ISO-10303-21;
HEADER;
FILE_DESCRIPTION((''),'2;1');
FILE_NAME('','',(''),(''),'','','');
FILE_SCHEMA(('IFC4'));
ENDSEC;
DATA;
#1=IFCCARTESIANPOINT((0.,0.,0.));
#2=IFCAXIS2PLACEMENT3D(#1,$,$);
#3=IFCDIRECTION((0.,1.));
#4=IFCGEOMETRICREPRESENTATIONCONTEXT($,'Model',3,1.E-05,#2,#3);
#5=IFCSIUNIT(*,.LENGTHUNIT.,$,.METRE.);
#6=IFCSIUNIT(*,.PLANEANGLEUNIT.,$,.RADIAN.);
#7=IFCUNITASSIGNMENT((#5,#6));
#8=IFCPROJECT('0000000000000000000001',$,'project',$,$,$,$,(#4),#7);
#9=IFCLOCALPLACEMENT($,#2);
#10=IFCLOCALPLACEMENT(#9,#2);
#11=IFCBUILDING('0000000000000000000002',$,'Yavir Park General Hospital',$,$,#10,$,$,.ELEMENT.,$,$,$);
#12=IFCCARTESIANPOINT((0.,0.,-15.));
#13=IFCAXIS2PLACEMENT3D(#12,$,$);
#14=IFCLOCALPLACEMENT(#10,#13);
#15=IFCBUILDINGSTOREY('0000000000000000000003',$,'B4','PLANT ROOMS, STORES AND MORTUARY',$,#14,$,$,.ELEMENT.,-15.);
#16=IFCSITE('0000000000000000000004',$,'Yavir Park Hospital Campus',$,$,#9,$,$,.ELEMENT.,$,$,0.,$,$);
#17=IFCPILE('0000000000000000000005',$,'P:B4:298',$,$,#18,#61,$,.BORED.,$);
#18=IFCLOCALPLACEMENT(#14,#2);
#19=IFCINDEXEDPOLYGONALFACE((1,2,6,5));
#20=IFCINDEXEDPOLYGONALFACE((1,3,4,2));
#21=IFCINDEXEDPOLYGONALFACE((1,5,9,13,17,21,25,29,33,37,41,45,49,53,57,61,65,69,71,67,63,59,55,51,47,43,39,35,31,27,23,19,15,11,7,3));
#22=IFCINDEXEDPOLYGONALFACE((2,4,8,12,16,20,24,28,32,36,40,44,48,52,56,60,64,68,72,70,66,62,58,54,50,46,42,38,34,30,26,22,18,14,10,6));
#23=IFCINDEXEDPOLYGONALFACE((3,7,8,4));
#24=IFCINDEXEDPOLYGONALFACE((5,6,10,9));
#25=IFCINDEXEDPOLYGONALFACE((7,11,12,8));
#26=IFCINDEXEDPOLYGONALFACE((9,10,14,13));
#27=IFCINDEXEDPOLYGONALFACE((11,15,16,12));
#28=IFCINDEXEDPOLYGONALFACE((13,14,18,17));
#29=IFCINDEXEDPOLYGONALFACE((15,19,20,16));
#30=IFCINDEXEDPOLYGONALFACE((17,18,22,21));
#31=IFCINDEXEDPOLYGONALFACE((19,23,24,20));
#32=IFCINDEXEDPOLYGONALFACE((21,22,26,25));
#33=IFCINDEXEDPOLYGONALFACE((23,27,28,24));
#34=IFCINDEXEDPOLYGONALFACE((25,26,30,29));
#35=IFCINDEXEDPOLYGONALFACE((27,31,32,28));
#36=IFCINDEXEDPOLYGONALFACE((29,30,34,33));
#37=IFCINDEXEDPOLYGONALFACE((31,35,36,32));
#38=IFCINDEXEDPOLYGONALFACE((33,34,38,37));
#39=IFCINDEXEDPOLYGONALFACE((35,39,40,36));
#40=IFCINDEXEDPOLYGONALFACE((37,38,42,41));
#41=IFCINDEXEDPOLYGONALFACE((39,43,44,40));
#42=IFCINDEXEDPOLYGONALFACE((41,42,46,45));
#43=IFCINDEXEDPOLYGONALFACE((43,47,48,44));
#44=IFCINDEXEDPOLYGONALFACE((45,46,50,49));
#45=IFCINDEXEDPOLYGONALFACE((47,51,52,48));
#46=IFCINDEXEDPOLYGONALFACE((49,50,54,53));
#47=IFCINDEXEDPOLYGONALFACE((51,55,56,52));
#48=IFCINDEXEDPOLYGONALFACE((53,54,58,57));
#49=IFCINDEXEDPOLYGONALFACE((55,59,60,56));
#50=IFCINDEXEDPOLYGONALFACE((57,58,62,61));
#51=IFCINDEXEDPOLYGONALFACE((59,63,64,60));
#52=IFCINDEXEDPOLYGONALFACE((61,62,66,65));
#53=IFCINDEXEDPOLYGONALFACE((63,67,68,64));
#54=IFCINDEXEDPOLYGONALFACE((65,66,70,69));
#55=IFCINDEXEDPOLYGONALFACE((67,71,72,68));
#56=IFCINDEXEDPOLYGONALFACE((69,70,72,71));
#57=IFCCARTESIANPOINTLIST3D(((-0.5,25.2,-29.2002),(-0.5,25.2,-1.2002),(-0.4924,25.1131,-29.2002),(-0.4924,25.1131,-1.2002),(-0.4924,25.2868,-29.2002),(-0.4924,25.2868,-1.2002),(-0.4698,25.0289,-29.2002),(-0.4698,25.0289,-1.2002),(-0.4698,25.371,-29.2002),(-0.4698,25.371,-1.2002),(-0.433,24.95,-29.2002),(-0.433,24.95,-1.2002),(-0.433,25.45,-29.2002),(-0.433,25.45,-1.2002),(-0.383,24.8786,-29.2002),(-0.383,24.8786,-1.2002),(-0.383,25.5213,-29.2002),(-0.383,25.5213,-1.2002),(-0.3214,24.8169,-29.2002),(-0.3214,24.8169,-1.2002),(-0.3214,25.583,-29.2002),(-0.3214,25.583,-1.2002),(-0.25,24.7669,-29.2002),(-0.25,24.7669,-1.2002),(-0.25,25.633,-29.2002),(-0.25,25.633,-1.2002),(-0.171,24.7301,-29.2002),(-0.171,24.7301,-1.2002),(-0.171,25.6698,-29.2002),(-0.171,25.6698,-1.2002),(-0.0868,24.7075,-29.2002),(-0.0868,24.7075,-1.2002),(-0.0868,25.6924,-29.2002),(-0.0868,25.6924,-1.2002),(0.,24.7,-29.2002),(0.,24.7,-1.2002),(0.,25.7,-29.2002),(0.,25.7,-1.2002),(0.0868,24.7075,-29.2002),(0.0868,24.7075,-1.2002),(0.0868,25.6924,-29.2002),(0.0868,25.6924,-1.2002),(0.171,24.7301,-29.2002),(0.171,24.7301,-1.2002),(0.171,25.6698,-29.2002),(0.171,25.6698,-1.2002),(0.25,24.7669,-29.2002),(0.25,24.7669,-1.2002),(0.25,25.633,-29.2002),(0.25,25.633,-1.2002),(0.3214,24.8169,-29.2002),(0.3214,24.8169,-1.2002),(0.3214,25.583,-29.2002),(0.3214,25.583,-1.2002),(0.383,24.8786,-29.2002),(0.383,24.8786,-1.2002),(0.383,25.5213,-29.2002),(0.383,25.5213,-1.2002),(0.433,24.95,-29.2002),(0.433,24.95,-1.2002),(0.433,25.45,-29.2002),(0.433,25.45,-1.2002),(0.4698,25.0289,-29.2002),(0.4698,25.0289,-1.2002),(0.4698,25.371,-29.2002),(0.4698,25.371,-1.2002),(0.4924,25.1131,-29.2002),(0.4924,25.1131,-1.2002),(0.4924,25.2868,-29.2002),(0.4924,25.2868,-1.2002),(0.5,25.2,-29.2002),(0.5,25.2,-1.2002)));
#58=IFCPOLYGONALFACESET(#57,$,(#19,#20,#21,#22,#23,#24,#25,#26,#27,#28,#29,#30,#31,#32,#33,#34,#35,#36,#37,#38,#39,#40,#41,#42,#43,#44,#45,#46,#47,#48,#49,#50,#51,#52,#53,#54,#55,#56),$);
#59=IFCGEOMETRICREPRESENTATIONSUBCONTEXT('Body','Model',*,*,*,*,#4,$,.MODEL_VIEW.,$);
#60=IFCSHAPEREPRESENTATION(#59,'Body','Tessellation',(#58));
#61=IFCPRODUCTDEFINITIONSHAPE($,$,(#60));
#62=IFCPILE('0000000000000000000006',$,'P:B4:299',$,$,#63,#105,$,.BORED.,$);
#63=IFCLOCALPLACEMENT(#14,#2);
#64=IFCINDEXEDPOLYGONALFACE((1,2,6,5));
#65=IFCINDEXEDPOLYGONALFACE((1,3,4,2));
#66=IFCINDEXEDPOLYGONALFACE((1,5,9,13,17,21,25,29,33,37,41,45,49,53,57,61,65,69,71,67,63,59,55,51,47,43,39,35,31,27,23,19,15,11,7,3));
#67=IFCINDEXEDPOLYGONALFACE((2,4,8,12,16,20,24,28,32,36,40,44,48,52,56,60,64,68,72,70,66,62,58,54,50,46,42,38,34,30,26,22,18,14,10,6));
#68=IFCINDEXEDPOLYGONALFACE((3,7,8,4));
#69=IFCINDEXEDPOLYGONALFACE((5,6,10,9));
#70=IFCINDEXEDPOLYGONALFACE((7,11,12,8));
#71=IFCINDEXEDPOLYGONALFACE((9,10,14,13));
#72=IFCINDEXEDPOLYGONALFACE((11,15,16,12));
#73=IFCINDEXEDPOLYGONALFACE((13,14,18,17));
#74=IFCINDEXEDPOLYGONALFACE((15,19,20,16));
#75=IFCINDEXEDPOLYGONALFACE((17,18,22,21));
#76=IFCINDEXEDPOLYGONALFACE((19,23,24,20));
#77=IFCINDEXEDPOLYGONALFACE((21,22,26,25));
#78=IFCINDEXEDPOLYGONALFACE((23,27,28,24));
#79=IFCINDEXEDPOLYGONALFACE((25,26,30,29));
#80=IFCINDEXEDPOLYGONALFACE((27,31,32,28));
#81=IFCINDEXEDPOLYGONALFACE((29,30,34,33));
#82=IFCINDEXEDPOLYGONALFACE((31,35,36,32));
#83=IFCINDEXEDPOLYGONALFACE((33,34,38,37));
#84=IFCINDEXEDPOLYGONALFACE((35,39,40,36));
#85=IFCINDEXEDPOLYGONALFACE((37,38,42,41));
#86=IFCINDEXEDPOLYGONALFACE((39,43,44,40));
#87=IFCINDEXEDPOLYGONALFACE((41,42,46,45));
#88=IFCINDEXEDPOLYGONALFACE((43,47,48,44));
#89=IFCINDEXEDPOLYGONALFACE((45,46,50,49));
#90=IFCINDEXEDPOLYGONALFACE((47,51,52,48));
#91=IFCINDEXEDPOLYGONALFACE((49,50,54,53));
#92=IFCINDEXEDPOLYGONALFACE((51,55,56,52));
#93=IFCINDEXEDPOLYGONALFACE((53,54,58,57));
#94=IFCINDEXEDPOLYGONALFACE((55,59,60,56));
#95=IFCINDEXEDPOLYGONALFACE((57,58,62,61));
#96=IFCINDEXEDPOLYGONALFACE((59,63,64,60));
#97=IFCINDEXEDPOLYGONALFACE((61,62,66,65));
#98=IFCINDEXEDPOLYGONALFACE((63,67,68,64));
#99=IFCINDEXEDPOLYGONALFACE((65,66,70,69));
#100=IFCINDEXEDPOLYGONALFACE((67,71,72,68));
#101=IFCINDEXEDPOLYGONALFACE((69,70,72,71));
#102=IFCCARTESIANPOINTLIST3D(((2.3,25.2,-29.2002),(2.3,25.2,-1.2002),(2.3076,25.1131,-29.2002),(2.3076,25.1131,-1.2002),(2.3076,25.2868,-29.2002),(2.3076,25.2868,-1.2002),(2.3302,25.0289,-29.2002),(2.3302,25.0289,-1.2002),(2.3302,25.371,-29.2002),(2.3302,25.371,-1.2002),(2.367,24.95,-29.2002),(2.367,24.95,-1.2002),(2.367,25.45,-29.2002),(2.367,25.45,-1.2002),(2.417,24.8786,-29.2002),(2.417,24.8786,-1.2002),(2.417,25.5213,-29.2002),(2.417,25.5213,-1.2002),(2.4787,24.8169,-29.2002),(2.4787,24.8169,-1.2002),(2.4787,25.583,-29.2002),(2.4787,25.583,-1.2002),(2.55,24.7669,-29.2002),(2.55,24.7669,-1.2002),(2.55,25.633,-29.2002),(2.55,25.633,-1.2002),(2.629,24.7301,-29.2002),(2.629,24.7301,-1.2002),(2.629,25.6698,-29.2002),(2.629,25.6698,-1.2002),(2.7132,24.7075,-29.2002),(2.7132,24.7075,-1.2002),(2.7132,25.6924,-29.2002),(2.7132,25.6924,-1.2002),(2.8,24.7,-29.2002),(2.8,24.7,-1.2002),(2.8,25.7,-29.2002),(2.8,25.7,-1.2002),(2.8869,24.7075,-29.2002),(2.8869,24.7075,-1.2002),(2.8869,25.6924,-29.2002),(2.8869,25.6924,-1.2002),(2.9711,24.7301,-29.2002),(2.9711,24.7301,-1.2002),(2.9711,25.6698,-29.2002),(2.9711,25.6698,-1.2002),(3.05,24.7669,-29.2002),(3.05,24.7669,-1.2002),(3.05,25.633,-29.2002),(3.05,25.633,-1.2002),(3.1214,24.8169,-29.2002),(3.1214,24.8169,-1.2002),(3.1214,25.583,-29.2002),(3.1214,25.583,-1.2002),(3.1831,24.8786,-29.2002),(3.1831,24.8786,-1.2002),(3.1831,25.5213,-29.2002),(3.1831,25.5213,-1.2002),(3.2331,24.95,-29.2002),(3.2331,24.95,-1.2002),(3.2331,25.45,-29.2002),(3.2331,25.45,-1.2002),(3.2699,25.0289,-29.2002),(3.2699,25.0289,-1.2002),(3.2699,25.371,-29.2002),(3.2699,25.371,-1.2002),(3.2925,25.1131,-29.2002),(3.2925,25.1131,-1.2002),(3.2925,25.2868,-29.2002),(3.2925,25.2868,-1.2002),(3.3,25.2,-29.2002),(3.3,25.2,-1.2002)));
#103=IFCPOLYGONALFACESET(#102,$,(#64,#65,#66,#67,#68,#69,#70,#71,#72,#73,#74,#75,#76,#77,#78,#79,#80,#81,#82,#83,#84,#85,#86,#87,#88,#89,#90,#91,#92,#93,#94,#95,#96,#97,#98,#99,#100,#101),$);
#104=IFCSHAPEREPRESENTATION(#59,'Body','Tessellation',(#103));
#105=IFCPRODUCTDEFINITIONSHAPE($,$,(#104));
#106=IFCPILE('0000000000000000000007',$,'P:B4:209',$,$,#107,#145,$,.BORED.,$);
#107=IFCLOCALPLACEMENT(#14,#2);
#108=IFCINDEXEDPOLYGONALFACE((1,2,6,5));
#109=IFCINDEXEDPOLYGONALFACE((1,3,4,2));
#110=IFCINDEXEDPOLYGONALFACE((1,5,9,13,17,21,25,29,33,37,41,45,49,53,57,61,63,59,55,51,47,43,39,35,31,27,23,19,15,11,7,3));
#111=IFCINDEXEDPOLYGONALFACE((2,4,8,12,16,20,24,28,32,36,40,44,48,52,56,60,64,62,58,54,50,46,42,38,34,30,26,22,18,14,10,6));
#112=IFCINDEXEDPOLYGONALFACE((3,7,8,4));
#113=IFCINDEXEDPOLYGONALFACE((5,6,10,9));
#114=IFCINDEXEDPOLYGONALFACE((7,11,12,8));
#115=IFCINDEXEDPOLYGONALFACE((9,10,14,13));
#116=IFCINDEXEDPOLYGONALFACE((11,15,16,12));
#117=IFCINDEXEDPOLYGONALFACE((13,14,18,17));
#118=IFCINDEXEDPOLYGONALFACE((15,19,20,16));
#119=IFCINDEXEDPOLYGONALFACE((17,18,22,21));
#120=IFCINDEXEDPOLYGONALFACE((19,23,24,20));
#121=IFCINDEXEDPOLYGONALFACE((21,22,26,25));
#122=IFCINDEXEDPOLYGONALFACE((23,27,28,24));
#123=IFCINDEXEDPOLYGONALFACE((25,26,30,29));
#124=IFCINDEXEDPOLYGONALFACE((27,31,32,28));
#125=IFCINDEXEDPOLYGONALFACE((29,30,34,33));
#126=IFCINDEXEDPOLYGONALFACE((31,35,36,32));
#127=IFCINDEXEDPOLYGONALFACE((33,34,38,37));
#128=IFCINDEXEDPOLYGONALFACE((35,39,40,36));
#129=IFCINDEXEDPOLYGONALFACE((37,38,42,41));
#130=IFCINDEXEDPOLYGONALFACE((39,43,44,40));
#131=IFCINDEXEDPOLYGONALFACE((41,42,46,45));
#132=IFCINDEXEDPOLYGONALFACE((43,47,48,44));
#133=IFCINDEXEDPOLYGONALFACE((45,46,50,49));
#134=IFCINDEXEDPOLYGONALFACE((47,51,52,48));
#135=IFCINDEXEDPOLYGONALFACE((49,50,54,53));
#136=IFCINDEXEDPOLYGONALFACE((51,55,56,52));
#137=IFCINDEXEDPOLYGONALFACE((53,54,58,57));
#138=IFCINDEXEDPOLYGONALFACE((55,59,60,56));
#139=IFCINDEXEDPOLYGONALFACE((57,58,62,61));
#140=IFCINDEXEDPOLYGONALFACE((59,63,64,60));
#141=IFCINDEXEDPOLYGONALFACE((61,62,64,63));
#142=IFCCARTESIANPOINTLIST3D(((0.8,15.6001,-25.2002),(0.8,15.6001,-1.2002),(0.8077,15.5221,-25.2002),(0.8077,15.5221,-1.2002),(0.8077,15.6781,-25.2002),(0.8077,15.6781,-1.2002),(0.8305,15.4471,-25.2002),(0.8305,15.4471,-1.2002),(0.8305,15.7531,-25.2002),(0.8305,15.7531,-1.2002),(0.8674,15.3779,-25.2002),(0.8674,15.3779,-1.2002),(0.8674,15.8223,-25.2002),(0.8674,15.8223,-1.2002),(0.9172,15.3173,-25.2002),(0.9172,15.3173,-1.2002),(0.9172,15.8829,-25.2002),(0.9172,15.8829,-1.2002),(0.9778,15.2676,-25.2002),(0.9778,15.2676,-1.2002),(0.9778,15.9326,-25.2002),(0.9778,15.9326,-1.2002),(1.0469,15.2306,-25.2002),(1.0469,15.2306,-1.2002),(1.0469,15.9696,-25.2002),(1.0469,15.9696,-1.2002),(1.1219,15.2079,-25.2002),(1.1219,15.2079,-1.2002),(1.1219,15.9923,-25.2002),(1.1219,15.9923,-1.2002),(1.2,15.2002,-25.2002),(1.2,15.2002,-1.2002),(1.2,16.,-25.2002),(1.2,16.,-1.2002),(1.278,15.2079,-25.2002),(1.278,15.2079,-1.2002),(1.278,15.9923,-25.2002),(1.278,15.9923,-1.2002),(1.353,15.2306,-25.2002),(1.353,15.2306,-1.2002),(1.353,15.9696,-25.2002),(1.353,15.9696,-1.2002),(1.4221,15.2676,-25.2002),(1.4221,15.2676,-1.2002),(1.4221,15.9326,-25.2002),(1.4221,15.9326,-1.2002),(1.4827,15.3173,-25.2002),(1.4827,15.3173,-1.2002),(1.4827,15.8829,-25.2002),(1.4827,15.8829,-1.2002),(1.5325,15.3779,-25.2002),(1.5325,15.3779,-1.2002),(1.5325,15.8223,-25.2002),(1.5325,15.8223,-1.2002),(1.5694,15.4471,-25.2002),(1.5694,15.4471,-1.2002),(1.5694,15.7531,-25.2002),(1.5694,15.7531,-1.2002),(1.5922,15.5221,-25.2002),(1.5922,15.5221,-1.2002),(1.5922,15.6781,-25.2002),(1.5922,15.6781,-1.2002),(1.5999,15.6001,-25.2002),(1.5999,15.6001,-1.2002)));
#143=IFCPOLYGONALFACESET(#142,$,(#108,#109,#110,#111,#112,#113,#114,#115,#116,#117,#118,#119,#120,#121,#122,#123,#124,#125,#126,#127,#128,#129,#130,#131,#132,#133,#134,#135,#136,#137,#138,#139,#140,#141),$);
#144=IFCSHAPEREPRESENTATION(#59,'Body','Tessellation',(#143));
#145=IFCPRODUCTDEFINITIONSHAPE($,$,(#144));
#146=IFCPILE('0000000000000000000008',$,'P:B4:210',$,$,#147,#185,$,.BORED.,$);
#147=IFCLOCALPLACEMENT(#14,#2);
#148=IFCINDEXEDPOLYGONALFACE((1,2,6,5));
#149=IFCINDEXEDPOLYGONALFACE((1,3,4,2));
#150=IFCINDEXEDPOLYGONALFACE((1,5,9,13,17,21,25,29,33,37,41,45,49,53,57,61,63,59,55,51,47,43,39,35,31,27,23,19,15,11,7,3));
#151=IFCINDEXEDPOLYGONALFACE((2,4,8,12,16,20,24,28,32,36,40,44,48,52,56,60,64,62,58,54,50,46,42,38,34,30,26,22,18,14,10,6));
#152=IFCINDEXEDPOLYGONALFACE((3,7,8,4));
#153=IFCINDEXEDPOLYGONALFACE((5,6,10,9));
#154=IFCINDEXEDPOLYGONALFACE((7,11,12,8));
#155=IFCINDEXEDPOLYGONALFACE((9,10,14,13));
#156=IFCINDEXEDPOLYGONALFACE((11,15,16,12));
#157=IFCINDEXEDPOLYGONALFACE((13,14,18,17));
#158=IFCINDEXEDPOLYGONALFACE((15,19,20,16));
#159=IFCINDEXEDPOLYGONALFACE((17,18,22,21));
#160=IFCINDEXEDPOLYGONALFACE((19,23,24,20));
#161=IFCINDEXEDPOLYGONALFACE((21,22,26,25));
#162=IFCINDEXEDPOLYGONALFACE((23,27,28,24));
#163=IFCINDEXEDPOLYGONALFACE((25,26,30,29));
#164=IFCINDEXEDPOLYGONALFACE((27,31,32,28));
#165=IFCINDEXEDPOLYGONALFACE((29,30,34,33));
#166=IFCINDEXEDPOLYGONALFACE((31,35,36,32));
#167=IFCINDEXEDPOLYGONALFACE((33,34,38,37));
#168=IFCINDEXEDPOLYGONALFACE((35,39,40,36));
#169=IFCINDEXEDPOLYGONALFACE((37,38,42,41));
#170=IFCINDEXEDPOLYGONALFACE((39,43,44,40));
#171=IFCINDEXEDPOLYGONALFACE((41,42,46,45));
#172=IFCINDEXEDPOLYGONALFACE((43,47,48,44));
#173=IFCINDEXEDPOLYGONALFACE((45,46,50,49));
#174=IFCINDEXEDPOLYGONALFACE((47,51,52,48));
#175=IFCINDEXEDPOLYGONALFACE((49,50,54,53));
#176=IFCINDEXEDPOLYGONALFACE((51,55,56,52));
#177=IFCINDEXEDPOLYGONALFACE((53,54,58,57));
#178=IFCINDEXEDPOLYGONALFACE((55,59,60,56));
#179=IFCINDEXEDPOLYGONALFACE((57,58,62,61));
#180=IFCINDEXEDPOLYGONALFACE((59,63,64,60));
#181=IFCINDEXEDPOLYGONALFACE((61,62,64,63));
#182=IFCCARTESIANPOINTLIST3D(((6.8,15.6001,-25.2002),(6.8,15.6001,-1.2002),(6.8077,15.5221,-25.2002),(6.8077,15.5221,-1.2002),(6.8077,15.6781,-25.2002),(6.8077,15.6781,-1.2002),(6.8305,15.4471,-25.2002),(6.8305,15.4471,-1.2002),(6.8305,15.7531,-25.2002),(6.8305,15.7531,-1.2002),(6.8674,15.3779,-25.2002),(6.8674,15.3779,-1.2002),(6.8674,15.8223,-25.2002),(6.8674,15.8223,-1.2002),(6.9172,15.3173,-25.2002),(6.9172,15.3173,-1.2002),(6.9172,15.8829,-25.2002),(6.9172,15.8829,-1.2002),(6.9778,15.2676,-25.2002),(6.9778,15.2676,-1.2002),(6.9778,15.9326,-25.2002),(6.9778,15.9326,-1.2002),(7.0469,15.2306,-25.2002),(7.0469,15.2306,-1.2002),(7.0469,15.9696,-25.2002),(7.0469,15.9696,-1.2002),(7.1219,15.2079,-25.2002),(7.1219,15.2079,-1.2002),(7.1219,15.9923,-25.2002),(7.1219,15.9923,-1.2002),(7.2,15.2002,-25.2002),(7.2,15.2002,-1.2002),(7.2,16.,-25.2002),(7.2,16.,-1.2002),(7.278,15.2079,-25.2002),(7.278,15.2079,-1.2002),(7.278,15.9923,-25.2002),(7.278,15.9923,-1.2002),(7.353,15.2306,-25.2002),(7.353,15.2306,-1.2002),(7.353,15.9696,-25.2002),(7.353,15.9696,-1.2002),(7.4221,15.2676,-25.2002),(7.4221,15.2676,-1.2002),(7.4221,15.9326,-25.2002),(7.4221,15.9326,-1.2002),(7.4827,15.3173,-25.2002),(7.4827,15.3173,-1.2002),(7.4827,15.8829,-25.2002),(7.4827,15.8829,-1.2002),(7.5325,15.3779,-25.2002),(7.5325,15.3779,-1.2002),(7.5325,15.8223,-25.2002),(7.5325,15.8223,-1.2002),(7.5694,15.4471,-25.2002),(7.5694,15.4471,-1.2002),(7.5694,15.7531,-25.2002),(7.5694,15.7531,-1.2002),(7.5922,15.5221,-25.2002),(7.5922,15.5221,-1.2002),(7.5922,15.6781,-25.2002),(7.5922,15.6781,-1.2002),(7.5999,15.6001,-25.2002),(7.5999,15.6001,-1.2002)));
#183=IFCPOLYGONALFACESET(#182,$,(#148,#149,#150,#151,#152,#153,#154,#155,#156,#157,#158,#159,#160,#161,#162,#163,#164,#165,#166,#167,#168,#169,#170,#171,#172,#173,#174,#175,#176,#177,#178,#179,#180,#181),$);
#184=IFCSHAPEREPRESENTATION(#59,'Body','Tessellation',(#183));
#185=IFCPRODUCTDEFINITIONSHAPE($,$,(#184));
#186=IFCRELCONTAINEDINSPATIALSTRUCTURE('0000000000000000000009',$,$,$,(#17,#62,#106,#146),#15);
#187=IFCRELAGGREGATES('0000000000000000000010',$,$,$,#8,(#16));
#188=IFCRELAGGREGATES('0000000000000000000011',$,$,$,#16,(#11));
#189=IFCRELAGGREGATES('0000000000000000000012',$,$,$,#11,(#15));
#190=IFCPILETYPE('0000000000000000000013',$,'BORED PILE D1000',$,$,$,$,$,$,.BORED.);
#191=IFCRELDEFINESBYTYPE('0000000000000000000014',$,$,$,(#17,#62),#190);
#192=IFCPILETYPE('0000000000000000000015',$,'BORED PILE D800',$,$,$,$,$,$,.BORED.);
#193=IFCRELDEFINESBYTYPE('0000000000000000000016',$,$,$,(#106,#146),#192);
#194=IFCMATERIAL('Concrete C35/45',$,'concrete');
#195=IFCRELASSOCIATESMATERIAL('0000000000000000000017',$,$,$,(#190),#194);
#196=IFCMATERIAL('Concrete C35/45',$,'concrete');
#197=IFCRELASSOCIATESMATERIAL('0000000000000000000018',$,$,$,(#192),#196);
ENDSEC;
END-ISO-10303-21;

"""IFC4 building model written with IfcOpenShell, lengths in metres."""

from ifc_helpers import new_model, si_unit, direction, frame, origin, origin_2d, place, context, subcontext, project, spatial, circle, extrude, material, material_profile, profile_set, type_object, element, save


model = new_model("IFC4")

# Units and contexts
model_context = context("Model", 3, precision=1e-05, world=origin(), true_north=direction((0.0, 1.0)))
body_context = subcontext(model_context, "Body", "Model", "MODEL_VIEW")
ifc_project = project(units=[si_unit("LENGTHUNIT", "METRE"), si_unit("PLANEANGLEUNIT", "RADIAN")], contexts=[model_context])

# Site, building, storey
site_placement = place(None, origin())
site = spatial("IfcSite", under=ifc_project, at=site_placement, Name="Yavir Park Hospital Campus", CompositionType="ELEMENT", RefElevation=0.0)
building_placement = place(site_placement, origin())
building = spatial("IfcBuilding", under=site, at=building_placement, Name="Yavir Park General Hospital", CompositionType="ELEMENT")
storey_placement = place(building_placement, frame((0.0, 0.0, -15.0)))
storey = spatial("IfcBuildingStorey", under=building, at=storey_placement, Name="B4", Description="PLANT ROOMS, STORES AND MORTUARY", CompositionType="ELEMENT", Elevation=-15.0)

# Piles
ifc_material_1 = material(Name="Concrete C35/45", Category="concrete")
ifc_material_profile_1 = material_profile(ifc_material_1, circle(Radius=0.5, at=origin_2d()), Name="D1000")
ifc_profile_set_1 = profile_set([ifc_material_profile_1], Name="Concrete C35/45")
pile_type_1 = type_object("IfcPileType", Name="BORED PILE D1000", PredefinedType="BORED", material=ifc_profile_set_1)
for number, where, z_axis, x_axis, name in (
    (1, (0.0, 25.2, -1.2002), (0.0, 0.0, -1.0), (1.0, 0.0, 0.0), "P:B4:298"),
    (2, (2.8, 25.2, -1.2002), (0.0, 0.0, -1.0), (1.0, 0.0, 0.0), "P:B4:299"),
):
    element("IfcPile", number, at=place(storey_placement, frame(where, z_axis=z_axis, x_axis=x_axis)), inside=storey, type_object=pile_type_1, Name=name, PredefinedType="BORED", context=body_context, shape_type="SweptSolid", body=[
        extrude(circle(Radius=0.5, at=origin_2d()), origin(), (0.0, 0.0, 1.0), 28.0),
    ])
ifc_material_2 = material(Name="Concrete C35/45", Category="concrete")
ifc_material_profile_2 = material_profile(ifc_material_2, circle(Radius=0.3999, at=origin_2d()), Name="D800")
ifc_profile_set_2 = profile_set([ifc_material_profile_2], Name="Concrete C35/45")
pile_type_2 = type_object("IfcPileType", Name="BORED PILE D800", PredefinedType="BORED", material=ifc_profile_set_2)
for number, where, z_axis, x_axis, name in (
    (3, (1.2, 15.6001, -1.2002), (0.0, 0.0, -1.0), (1.0, 0.0, 0.0), "P:B4:209"),
    (4, (7.2, 15.6001, -1.2002), (0.0, 0.0, -1.0), (1.0, 0.0, 0.0), "P:B4:210"),
):
    element("IfcPile", number, at=place(storey_placement, frame(where, z_axis=z_axis, x_axis=x_axis)), inside=storey, type_object=pile_type_2, Name=name, PredefinedType="BORED", context=body_context, shape_type="SweptSolid", body=[
        extrude(circle(Radius=0.3999, at=origin_2d()), origin(), (0.0, 0.0, 1.0), 24.0),
    ])

save(model, "model.ifc")
